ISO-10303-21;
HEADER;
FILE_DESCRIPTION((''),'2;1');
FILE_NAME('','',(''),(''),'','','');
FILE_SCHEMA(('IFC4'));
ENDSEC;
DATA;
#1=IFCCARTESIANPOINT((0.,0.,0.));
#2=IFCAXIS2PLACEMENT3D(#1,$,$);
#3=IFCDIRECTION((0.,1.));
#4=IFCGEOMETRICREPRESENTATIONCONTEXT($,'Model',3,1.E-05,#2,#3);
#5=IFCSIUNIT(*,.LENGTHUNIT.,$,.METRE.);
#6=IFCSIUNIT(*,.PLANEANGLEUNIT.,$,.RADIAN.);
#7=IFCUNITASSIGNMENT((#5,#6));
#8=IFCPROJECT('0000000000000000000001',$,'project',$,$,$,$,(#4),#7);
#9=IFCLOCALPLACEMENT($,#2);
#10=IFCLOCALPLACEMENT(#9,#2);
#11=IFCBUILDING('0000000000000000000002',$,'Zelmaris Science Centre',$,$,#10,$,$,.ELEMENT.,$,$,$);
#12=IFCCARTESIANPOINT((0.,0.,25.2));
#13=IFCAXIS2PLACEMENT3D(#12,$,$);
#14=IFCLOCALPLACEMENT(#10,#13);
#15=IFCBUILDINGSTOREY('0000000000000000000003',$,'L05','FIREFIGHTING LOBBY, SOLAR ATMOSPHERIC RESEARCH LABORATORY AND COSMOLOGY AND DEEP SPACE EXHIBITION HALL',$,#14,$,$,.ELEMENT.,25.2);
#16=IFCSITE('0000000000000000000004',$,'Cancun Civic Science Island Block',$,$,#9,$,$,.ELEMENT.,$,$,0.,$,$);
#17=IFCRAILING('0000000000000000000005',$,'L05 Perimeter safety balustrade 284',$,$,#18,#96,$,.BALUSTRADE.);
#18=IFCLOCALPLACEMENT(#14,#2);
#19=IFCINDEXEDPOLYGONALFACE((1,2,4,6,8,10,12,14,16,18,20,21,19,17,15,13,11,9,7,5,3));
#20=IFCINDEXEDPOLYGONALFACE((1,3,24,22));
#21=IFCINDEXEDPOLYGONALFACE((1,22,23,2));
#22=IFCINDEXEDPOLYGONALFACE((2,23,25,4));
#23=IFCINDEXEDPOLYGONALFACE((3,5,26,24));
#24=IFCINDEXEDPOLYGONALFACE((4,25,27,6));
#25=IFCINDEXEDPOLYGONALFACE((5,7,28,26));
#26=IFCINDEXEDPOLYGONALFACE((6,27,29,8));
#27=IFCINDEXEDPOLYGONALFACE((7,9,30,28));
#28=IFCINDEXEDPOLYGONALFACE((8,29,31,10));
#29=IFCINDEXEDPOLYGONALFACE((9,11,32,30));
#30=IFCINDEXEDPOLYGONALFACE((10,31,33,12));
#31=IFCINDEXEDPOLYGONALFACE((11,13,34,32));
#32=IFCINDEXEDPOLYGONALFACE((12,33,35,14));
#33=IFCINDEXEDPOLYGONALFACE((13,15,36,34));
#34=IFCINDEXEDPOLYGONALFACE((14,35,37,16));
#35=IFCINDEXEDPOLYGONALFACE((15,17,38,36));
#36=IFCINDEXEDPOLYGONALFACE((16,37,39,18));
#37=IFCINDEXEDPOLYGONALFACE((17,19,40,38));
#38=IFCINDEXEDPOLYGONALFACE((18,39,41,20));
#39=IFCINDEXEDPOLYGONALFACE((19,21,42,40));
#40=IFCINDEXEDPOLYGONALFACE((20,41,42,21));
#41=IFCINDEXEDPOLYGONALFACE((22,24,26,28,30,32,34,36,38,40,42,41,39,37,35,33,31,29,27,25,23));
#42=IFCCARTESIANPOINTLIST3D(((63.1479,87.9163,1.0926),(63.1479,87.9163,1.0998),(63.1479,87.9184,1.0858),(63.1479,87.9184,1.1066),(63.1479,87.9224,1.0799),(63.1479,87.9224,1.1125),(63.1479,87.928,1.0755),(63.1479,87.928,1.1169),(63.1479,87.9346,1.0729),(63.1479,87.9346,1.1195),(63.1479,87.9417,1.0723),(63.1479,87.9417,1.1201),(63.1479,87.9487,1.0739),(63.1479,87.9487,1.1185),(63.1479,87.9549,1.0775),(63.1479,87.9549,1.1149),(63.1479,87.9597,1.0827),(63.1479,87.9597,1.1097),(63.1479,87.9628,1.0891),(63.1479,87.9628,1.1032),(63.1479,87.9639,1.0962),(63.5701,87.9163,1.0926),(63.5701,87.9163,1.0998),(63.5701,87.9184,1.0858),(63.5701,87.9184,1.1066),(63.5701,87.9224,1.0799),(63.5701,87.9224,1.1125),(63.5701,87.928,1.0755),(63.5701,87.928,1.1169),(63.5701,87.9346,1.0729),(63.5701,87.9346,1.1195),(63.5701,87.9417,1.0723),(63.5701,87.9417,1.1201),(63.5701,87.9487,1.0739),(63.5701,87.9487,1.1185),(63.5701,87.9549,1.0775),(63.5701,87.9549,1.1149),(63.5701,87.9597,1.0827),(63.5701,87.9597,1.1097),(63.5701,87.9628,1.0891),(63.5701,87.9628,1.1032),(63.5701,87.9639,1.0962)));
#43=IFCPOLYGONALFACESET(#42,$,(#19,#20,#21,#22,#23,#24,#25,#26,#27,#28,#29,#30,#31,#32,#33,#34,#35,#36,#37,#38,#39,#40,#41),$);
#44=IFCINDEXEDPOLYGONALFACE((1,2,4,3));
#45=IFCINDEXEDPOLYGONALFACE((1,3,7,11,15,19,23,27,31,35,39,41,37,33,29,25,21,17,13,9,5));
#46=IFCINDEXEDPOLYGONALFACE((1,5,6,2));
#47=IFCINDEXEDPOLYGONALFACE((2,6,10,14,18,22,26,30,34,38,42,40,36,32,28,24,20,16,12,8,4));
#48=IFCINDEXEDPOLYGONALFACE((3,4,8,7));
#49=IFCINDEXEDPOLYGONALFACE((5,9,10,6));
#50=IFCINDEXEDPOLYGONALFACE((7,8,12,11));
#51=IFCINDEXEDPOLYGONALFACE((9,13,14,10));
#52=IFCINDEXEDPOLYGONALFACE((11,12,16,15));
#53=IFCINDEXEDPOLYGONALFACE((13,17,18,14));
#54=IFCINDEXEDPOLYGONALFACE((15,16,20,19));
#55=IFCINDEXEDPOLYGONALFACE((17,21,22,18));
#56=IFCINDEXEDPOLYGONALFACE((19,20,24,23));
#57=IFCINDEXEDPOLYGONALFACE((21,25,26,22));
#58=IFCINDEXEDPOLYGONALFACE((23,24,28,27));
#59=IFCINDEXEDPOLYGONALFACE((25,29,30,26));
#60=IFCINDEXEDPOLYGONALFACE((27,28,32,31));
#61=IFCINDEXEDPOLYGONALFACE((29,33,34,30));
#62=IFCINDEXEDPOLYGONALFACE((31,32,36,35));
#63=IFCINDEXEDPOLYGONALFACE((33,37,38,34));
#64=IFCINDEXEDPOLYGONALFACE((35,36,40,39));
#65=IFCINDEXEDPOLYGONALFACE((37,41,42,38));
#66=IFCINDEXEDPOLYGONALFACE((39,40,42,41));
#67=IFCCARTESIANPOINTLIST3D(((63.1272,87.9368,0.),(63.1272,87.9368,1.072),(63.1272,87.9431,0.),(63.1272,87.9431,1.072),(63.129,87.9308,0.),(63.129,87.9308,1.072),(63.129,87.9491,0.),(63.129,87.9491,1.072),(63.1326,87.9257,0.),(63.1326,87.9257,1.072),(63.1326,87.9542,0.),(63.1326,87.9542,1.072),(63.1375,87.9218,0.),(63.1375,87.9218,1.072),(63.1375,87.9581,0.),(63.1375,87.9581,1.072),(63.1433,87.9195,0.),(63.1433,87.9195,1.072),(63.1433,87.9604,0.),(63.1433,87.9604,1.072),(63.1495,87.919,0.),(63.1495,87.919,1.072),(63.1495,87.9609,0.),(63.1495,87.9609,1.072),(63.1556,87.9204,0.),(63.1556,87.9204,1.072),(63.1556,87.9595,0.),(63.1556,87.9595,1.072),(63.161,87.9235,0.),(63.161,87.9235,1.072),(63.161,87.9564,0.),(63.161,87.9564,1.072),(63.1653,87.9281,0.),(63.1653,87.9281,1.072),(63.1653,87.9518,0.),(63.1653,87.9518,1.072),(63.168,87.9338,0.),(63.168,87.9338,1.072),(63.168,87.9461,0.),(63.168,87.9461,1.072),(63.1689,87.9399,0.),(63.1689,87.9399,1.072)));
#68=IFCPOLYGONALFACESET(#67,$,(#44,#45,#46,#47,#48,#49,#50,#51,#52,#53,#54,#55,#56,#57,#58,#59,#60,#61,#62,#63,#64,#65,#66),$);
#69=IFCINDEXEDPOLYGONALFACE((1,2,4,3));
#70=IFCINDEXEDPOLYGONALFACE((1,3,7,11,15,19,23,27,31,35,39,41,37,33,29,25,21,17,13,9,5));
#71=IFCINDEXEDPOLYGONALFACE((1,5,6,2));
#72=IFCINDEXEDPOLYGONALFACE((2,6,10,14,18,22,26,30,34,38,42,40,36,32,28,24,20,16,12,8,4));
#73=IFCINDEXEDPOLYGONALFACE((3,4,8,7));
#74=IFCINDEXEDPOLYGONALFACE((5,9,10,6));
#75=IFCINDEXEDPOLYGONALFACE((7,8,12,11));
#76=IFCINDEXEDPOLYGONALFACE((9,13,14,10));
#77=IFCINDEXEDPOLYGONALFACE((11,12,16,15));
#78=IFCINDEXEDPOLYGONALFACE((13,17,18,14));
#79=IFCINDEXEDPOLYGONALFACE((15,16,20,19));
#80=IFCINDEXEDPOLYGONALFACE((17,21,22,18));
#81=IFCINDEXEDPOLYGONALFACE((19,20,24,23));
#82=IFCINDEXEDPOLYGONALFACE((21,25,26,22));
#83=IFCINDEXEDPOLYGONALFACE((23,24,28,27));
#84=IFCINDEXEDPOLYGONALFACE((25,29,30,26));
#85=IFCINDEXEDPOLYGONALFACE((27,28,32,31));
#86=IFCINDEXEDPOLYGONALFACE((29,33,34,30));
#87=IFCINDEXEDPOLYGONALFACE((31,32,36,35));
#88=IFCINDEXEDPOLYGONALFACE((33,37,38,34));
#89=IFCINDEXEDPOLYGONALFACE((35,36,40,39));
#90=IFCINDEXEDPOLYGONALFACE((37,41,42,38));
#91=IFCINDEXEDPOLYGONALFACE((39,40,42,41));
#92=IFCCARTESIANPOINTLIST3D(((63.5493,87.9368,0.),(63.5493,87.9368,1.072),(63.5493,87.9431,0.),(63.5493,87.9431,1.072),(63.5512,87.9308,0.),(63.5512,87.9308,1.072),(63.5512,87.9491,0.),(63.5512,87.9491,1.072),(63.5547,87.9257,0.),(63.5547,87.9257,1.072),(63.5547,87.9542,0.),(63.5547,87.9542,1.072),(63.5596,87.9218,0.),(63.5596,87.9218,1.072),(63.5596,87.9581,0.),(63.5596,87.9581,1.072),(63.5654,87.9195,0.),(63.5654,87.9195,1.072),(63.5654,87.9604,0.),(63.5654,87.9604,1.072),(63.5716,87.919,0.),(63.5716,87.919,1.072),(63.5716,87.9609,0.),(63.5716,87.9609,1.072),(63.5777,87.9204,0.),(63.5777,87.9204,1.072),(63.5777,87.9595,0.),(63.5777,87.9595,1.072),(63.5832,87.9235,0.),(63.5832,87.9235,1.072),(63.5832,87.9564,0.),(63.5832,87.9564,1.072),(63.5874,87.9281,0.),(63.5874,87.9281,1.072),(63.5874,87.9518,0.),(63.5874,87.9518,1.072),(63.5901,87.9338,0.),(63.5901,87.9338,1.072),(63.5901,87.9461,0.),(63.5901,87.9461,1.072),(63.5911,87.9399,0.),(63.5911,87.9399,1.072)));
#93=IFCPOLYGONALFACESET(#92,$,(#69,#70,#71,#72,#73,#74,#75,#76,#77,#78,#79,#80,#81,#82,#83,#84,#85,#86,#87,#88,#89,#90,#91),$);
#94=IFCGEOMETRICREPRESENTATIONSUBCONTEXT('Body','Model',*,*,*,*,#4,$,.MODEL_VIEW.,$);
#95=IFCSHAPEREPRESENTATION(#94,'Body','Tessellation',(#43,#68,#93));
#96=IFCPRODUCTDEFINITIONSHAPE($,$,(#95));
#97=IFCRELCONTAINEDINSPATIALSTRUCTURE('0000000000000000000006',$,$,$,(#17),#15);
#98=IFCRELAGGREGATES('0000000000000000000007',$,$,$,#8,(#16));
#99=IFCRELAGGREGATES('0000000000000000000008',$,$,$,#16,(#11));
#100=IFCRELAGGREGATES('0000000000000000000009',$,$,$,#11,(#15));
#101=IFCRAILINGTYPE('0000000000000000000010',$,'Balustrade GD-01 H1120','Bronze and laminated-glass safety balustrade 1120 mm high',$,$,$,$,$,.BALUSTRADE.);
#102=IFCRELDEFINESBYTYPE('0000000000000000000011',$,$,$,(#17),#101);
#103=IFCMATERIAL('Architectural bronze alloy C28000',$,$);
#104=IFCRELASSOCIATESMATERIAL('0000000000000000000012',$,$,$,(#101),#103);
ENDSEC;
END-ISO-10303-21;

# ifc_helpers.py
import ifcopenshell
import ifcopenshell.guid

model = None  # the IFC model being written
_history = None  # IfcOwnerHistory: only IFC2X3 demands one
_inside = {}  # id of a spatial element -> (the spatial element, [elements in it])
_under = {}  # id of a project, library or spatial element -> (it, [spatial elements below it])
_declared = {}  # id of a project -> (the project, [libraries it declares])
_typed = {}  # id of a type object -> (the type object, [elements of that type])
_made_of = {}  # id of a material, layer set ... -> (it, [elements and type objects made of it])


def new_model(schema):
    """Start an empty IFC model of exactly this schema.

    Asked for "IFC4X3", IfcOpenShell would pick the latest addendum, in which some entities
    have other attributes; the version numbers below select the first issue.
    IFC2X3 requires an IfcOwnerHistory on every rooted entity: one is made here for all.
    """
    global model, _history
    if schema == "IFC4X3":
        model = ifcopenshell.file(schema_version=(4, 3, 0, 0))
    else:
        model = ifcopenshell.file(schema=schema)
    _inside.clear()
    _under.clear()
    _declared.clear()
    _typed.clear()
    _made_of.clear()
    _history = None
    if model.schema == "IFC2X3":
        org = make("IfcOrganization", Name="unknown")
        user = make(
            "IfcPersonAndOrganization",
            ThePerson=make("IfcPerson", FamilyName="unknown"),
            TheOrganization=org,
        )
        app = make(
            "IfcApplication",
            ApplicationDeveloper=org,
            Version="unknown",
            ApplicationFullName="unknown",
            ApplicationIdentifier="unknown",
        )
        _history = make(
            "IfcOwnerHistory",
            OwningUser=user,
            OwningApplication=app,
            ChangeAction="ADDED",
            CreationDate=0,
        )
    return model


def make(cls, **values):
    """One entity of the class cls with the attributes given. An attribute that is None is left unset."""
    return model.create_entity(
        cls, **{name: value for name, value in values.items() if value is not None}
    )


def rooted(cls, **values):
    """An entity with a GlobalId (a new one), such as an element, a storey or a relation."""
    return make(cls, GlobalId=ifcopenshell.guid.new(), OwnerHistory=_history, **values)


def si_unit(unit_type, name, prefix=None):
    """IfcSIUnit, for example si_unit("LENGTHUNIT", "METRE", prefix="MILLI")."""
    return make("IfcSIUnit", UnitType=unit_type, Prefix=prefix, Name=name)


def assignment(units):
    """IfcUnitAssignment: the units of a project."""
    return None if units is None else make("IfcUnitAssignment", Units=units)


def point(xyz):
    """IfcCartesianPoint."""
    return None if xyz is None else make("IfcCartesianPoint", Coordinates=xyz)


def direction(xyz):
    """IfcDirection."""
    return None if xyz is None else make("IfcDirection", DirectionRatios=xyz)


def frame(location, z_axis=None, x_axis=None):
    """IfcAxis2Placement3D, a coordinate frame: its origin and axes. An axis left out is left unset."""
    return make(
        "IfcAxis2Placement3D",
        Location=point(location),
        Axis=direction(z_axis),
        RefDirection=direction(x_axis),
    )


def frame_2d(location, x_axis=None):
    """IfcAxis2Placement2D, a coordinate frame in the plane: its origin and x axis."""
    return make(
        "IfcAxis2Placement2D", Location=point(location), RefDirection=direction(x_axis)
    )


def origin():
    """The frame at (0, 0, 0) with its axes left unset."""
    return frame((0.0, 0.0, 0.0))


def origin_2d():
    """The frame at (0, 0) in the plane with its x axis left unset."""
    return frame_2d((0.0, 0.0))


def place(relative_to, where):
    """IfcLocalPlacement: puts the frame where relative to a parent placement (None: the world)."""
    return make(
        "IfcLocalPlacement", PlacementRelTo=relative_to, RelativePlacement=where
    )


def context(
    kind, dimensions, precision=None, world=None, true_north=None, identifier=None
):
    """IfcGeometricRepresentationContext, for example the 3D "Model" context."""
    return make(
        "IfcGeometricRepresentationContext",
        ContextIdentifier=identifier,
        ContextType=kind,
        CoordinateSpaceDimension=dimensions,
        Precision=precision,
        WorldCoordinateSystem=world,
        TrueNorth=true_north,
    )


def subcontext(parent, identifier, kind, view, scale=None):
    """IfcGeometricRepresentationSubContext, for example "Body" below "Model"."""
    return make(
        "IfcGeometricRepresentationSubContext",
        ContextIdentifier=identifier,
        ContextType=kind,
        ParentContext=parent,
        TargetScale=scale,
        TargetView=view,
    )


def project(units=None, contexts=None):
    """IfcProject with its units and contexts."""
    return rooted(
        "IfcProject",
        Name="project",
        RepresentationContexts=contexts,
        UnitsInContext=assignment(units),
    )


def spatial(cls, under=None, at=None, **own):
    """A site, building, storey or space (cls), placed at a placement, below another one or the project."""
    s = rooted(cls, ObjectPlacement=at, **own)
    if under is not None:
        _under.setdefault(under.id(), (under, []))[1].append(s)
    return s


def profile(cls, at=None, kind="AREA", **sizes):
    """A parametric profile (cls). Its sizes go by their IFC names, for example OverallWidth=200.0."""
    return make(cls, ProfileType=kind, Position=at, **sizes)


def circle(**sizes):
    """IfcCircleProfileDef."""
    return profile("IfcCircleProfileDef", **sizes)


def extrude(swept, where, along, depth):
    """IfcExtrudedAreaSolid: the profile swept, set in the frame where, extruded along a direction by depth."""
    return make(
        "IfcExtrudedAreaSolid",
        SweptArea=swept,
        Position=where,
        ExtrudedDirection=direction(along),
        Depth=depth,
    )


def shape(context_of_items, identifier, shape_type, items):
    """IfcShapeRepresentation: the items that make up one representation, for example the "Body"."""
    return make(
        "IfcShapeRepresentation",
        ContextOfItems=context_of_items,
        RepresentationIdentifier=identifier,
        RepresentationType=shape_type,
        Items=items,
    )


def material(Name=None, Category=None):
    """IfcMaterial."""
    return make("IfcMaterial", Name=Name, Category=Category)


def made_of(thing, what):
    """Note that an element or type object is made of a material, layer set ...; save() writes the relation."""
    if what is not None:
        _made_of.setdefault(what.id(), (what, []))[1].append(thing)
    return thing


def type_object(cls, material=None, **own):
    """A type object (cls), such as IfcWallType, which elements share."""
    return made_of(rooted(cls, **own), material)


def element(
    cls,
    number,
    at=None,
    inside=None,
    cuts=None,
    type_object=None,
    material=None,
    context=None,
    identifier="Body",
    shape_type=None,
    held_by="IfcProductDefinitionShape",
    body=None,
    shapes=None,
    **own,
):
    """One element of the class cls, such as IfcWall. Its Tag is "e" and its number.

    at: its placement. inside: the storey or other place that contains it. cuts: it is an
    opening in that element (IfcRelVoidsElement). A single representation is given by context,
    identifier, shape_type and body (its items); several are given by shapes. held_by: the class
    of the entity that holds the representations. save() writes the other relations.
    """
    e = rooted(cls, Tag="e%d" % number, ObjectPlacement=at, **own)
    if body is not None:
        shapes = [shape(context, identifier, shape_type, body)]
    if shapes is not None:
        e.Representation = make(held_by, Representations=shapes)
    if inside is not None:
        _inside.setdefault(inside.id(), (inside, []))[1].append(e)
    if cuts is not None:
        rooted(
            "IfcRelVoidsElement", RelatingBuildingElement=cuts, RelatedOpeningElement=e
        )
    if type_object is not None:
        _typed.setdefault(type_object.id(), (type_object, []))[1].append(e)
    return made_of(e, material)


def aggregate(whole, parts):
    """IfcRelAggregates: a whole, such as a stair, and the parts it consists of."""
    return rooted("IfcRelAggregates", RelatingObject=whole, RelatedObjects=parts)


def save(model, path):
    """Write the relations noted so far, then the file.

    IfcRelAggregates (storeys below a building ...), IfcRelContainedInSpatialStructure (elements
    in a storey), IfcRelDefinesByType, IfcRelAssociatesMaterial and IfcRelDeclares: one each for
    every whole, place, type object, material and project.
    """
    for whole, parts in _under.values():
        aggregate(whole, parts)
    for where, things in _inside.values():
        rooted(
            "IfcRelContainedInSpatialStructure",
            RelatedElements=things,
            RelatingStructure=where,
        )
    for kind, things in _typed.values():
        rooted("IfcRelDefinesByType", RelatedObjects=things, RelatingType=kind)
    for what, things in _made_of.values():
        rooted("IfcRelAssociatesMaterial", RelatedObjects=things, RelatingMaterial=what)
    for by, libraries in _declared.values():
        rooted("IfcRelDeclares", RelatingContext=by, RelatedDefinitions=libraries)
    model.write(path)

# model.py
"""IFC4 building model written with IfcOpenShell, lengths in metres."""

from ifc_helpers import new_model, si_unit, direction, frame, origin, origin_2d, place, context, subcontext, project, spatial, circle, extrude, material, type_object, element, save


model = new_model("IFC4")

# Units and contexts
model_context = context("Model", 3, precision=1e-05, world=origin(), true_north=direction((0.0, 1.0)))
body_context = subcontext(model_context, "Body", "Model", "MODEL_VIEW")
ifc_project = project(units=[si_unit("LENGTHUNIT", "METRE"), si_unit("PLANEANGLEUNIT", "RADIAN")], contexts=[model_context])

# Site, building, storey
site_placement = place(None, origin())
site = spatial("IfcSite", under=ifc_project, at=site_placement, Name="Cancun Civic Science Island Block", CompositionType="ELEMENT", RefElevation=0.0)
building_placement = place(site_placement, origin())
building = spatial("IfcBuilding", under=site, at=building_placement, Name="Zelmaris Science Centre", CompositionType="ELEMENT")
storey_placement = place(building_placement, frame((0.0, 0.0, 25.2)))
storey = spatial("IfcBuildingStorey", under=building, at=storey_placement, Name="L05", Description="FIREFIGHTING LOBBY, SOLAR ATMOSPHERIC RESEARCH LABORATORY AND COSMOLOGY AND DEEP SPACE EXHIBITION HALL", CompositionType="ELEMENT", Elevation=25.2)

# Railing
ifc_material_1 = material(Name="Architectural bronze alloy C28000")
railing_type = type_object("IfcRailingType", Name="Balustrade GD-01 H1120", Description="Bronze and laminated-glass safety balustrade 1120 mm high", PredefinedType="BALUSTRADE", material=ifc_material_1)
for number, where, name in (
    (1, (63.1479, 87.9399, 0.0), "L05 Perimeter safety balustrade 284"),
):
    element("IfcRailing", number, at=place(storey_placement, frame(where)), inside=storey, type_object=railing_type, Name=name, PredefinedType="BALUSTRADE", context=body_context, shape_type="SweptSolid", body=[
        extrude(circle(Radius=0.0239, at=origin_2d()), frame((0.0, 0.0, 1.0962), z_axis=(1.0, 0.0, 0.0), x_axis=(0.0, 1.0, 0.0)), (0.0, 0.0, 1.0), 0.4221),
        extrude(circle(Radius=0.021, at=origin_2d()), origin(), (0.0, 0.0, 1.0), 1.072),
        extrude(circle(Radius=0.021, at=origin_2d()), frame((0.4221, 0.0, 0.0)), (0.0, 0.0, 1.0), 1.072),
    ])

save(model, "model.ifc")
